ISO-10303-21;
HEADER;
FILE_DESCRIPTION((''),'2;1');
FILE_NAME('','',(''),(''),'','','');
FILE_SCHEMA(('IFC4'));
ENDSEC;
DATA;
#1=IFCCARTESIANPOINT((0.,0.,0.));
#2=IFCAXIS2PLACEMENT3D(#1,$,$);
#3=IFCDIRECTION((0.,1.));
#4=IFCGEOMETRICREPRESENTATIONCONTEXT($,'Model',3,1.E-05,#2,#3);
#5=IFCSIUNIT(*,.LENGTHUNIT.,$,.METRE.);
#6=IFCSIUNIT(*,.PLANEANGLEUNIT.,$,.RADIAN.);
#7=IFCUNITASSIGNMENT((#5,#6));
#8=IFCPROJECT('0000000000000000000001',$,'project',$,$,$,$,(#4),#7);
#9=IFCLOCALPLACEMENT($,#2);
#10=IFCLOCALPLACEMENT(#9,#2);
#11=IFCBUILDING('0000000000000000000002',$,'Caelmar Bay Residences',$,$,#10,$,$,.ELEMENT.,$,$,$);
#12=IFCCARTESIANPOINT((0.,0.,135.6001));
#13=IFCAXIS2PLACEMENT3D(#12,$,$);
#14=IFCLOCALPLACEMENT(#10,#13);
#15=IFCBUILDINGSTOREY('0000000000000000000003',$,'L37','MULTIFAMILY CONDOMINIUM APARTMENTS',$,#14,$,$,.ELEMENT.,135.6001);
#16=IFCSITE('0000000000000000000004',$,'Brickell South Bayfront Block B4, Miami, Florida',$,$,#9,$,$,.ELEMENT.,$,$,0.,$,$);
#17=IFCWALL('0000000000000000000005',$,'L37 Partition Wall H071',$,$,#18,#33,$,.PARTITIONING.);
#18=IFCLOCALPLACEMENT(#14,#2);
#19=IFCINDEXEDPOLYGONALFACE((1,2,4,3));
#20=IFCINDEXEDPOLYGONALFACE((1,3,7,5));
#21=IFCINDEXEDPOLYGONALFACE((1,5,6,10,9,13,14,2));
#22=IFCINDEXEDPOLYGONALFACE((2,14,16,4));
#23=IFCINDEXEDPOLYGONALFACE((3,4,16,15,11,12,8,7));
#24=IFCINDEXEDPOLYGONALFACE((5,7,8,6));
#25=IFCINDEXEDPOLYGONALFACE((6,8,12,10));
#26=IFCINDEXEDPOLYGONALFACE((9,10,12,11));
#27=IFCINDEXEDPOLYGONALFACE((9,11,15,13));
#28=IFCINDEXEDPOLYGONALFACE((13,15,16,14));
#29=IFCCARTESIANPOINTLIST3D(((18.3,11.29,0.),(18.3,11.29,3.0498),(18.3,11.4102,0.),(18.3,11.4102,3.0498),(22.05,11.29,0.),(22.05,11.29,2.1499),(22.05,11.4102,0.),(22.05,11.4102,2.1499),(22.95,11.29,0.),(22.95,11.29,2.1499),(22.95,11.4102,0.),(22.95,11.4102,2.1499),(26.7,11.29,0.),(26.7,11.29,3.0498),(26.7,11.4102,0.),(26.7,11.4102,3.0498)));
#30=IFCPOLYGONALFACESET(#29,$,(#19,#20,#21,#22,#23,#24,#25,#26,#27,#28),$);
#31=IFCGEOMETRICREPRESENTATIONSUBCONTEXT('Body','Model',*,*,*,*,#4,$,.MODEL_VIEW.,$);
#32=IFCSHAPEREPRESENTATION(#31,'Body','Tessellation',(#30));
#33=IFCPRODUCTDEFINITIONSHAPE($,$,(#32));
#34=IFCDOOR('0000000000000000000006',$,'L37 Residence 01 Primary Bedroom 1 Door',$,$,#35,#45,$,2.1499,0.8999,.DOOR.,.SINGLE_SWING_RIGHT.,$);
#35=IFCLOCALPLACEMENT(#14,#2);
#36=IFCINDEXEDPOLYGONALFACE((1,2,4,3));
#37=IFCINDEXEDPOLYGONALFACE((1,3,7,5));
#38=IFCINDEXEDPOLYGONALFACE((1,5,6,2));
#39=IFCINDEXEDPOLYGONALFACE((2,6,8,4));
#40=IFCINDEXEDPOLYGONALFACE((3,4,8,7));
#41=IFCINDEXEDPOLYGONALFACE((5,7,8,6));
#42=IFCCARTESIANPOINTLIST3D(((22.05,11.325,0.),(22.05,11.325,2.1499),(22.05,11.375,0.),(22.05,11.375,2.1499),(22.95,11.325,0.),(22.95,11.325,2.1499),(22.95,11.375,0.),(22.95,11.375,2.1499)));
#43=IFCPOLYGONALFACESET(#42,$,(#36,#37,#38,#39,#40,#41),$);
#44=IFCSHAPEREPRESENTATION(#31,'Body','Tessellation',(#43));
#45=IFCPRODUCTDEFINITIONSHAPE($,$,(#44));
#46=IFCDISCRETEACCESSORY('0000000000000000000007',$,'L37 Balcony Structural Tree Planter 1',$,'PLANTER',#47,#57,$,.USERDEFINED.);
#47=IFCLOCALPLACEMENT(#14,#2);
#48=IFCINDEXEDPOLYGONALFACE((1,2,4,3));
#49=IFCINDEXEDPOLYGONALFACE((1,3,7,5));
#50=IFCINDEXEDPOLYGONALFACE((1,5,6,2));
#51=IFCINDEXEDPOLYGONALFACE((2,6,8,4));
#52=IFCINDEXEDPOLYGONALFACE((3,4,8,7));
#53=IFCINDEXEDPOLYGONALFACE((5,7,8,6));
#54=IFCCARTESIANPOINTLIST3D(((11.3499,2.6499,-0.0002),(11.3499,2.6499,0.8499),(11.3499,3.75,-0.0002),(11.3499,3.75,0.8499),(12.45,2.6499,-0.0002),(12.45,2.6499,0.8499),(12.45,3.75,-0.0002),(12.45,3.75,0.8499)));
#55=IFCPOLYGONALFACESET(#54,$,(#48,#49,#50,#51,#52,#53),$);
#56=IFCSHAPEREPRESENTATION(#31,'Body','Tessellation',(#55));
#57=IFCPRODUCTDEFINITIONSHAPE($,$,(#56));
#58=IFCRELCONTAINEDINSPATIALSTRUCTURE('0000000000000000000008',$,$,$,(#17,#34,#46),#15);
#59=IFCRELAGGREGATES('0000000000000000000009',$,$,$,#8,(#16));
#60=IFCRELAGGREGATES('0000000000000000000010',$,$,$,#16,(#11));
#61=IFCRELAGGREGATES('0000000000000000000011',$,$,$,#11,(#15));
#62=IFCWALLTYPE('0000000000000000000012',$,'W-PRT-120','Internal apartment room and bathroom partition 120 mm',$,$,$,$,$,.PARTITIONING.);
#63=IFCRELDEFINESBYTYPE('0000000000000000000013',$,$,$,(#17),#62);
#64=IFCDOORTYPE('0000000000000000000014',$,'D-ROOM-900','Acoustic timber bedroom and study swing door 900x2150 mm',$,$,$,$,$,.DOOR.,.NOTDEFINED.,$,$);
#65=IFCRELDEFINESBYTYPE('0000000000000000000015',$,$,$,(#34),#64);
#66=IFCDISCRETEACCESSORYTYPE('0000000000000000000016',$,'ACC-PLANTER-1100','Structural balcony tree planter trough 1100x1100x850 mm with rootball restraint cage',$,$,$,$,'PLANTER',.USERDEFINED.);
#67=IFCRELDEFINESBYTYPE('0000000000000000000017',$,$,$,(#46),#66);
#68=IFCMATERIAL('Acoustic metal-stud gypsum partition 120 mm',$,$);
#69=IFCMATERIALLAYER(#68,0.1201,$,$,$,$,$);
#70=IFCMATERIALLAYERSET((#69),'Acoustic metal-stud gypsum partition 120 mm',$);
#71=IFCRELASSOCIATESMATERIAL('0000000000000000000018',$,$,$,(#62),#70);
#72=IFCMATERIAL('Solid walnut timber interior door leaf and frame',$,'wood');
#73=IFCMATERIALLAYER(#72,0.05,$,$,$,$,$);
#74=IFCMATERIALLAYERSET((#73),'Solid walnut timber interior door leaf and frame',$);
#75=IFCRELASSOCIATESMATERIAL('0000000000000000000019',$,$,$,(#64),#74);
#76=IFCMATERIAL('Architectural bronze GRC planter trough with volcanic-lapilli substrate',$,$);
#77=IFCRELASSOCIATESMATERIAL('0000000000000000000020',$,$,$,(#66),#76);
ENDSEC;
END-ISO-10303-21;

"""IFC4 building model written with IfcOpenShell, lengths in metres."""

from ifc_helpers import new_model, si_unit, direction, frame, frame_2d, origin, origin_2d, place, context, subcontext, project, spatial, rectangle, extrude, material, layer, layer_set, type_object, element, fill, save


model = new_model("IFC4")

# Units and contexts
model_context = context("Model", 3, precision=1e-05, world=origin(), true_north=direction((0.0, 1.0)))
body_context = subcontext(model_context, "Body", "Model", "MODEL_VIEW")
ifc_project = project(units=[si_unit("LENGTHUNIT", "METRE"), si_unit("PLANEANGLEUNIT", "RADIAN")], contexts=[model_context])

# Site, building, storey
site_placement = place(None, origin())
site = spatial("IfcSite", under=ifc_project, at=site_placement, Name="Brickell South Bayfront Block B4, Miami, Florida", CompositionType="ELEMENT", RefElevation=0.0)
building_placement = place(site_placement, origin())
building = spatial("IfcBuilding", under=site, at=building_placement, Name="Caelmar Bay Residences", CompositionType="ELEMENT")
storey_placement = place(building_placement, frame((0.0, 0.0, 135.6001)))
storey = spatial("IfcBuildingStorey", under=building, at=storey_placement, Name="L37", Description="MULTIFAMILY CONDOMINIUM APARTMENTS", CompositionType="ELEMENT", Elevation=135.6001)

# Shared definitions
ifc_material_1 = material(Name="Acoustic metal-stud gypsum partition 120 mm")
ifc_layer_1 = layer(ifc_material_1, 0.1201)
ifc_layer_set_1 = layer_set([ifc_layer_1], Name="Acoustic metal-stud gypsum partition 120 mm")
wall_type_1 = type_object("IfcWallType", Name="W-PRT-120", Description="Internal apartment room and bathroom partition 120 mm", PredefinedType="PARTITIONING", material=ifc_layer_set_1)
ifc_material_2 = material(Name="Solid walnut timber interior door leaf and frame", Category="wood")
ifc_layer_2 = layer(ifc_material_2, 0.05)
ifc_layer_set_2 = layer_set([ifc_layer_2], Name="Solid walnut timber interior door leaf and frame")
door_type = type_object("IfcDoorType", Name="D-ROOM-900", Description="Acoustic timber bedroom and study swing door 900x2150 mm", OperationType="NOTDEFINED", PredefinedType="DOOR", material=ifc_layer_set_2)

# Wall, opening, door
wall_1_placement = place(storey_placement, frame((18.3, 11.3501, 0.0), z_axis=(0.0, 0.0, 1.0), x_axis=(1.0, 0.0, 0.0)))
wall_1 = element("IfcWall", 1, at=wall_1_placement, inside=storey, type_object=wall_type_1, Name="L37 Partition Wall H071", PredefinedType="PARTITIONING", context=body_context, shape_type="SweptSolid", body=[
    extrude(rectangle(XDim=8.3999, YDim=0.1201, at=frame_2d((4.2, 0.0))), origin(), (0.0, 0.0, 1.0), 3.0498),
])
opening_1_placement = place(wall_1_placement, frame((3.75, 0.0, 0.0)))
opening_1 = element("IfcOpeningElement", 2, at=opening_1_placement, cuts=wall_1, PredefinedType="OPENING", context=body_context, shape_type="SweptSolid", body=[
    extrude(rectangle(XDim=0.8999, YDim=2.1499, at=frame_2d((0.45, 1.075))), frame((0.0, 0.0701, 0.0), z_axis=(0.0, -1.0, 0.0), x_axis=(1.0, 0.0, 0.0)), (0.0, 0.0, 1.0), 0.1401),
])
door_1_placement = place(opening_1_placement, origin())
door_1 = element("IfcDoor", 3, at=door_1_placement, inside=storey, type_object=door_type, Name="L37 Residence 01 Primary Bedroom 1 Door", OperationType="SINGLE_SWING_RIGHT", OverallHeight=2.1499, OverallWidth=0.8999, PredefinedType="DOOR", context=body_context, shape_type="SweptSolid", body=[
    extrude(rectangle(XDim=0.8999, YDim=2.1499, at=frame_2d((0.45, 1.075))), frame((0.0, 0.0249, 0.0), z_axis=(0.0, -1.0, 0.0), x_axis=(1.0, 0.0, 0.0)), (0.0, 0.0, 1.0), 0.05),
])
fill(opening_1, door_1)

# Discrete accessory
ifc_material_3 = material(Name="Architectural bronze GRC planter trough with volcanic-lapilli substrate")
discrete_accessory_type = type_object("IfcDiscreteAccessoryType", Name="ACC-PLANTER-1100", Description="Structural balcony tree planter trough 1100x1100x850 mm with rootball restraint cage", ElementType="PLANTER", PredefinedType="USERDEFINED", material=ifc_material_3)
discrete_accessory_placement = place(storey_placement, frame((11.8999, 3.2, -0.0002), z_axis=(0.0, 0.0, 1.0), x_axis=(1.0, 0.0, 0.0)))
element("IfcDiscreteAccessory", 4, at=discrete_accessory_placement, inside=storey, type_object=discrete_accessory_type, Name="L37 Balcony Structural Tree Planter 1", ObjectType="PLANTER", PredefinedType="USERDEFINED", context=body_context, shape_type="SweptSolid", body=[
    extrude(rectangle(XDim=1.1001, YDim=1.1001, at=origin_2d()), origin(), (0.0, 0.0, 1.0), 0.8501),
])

save(model, "model.ifc")
